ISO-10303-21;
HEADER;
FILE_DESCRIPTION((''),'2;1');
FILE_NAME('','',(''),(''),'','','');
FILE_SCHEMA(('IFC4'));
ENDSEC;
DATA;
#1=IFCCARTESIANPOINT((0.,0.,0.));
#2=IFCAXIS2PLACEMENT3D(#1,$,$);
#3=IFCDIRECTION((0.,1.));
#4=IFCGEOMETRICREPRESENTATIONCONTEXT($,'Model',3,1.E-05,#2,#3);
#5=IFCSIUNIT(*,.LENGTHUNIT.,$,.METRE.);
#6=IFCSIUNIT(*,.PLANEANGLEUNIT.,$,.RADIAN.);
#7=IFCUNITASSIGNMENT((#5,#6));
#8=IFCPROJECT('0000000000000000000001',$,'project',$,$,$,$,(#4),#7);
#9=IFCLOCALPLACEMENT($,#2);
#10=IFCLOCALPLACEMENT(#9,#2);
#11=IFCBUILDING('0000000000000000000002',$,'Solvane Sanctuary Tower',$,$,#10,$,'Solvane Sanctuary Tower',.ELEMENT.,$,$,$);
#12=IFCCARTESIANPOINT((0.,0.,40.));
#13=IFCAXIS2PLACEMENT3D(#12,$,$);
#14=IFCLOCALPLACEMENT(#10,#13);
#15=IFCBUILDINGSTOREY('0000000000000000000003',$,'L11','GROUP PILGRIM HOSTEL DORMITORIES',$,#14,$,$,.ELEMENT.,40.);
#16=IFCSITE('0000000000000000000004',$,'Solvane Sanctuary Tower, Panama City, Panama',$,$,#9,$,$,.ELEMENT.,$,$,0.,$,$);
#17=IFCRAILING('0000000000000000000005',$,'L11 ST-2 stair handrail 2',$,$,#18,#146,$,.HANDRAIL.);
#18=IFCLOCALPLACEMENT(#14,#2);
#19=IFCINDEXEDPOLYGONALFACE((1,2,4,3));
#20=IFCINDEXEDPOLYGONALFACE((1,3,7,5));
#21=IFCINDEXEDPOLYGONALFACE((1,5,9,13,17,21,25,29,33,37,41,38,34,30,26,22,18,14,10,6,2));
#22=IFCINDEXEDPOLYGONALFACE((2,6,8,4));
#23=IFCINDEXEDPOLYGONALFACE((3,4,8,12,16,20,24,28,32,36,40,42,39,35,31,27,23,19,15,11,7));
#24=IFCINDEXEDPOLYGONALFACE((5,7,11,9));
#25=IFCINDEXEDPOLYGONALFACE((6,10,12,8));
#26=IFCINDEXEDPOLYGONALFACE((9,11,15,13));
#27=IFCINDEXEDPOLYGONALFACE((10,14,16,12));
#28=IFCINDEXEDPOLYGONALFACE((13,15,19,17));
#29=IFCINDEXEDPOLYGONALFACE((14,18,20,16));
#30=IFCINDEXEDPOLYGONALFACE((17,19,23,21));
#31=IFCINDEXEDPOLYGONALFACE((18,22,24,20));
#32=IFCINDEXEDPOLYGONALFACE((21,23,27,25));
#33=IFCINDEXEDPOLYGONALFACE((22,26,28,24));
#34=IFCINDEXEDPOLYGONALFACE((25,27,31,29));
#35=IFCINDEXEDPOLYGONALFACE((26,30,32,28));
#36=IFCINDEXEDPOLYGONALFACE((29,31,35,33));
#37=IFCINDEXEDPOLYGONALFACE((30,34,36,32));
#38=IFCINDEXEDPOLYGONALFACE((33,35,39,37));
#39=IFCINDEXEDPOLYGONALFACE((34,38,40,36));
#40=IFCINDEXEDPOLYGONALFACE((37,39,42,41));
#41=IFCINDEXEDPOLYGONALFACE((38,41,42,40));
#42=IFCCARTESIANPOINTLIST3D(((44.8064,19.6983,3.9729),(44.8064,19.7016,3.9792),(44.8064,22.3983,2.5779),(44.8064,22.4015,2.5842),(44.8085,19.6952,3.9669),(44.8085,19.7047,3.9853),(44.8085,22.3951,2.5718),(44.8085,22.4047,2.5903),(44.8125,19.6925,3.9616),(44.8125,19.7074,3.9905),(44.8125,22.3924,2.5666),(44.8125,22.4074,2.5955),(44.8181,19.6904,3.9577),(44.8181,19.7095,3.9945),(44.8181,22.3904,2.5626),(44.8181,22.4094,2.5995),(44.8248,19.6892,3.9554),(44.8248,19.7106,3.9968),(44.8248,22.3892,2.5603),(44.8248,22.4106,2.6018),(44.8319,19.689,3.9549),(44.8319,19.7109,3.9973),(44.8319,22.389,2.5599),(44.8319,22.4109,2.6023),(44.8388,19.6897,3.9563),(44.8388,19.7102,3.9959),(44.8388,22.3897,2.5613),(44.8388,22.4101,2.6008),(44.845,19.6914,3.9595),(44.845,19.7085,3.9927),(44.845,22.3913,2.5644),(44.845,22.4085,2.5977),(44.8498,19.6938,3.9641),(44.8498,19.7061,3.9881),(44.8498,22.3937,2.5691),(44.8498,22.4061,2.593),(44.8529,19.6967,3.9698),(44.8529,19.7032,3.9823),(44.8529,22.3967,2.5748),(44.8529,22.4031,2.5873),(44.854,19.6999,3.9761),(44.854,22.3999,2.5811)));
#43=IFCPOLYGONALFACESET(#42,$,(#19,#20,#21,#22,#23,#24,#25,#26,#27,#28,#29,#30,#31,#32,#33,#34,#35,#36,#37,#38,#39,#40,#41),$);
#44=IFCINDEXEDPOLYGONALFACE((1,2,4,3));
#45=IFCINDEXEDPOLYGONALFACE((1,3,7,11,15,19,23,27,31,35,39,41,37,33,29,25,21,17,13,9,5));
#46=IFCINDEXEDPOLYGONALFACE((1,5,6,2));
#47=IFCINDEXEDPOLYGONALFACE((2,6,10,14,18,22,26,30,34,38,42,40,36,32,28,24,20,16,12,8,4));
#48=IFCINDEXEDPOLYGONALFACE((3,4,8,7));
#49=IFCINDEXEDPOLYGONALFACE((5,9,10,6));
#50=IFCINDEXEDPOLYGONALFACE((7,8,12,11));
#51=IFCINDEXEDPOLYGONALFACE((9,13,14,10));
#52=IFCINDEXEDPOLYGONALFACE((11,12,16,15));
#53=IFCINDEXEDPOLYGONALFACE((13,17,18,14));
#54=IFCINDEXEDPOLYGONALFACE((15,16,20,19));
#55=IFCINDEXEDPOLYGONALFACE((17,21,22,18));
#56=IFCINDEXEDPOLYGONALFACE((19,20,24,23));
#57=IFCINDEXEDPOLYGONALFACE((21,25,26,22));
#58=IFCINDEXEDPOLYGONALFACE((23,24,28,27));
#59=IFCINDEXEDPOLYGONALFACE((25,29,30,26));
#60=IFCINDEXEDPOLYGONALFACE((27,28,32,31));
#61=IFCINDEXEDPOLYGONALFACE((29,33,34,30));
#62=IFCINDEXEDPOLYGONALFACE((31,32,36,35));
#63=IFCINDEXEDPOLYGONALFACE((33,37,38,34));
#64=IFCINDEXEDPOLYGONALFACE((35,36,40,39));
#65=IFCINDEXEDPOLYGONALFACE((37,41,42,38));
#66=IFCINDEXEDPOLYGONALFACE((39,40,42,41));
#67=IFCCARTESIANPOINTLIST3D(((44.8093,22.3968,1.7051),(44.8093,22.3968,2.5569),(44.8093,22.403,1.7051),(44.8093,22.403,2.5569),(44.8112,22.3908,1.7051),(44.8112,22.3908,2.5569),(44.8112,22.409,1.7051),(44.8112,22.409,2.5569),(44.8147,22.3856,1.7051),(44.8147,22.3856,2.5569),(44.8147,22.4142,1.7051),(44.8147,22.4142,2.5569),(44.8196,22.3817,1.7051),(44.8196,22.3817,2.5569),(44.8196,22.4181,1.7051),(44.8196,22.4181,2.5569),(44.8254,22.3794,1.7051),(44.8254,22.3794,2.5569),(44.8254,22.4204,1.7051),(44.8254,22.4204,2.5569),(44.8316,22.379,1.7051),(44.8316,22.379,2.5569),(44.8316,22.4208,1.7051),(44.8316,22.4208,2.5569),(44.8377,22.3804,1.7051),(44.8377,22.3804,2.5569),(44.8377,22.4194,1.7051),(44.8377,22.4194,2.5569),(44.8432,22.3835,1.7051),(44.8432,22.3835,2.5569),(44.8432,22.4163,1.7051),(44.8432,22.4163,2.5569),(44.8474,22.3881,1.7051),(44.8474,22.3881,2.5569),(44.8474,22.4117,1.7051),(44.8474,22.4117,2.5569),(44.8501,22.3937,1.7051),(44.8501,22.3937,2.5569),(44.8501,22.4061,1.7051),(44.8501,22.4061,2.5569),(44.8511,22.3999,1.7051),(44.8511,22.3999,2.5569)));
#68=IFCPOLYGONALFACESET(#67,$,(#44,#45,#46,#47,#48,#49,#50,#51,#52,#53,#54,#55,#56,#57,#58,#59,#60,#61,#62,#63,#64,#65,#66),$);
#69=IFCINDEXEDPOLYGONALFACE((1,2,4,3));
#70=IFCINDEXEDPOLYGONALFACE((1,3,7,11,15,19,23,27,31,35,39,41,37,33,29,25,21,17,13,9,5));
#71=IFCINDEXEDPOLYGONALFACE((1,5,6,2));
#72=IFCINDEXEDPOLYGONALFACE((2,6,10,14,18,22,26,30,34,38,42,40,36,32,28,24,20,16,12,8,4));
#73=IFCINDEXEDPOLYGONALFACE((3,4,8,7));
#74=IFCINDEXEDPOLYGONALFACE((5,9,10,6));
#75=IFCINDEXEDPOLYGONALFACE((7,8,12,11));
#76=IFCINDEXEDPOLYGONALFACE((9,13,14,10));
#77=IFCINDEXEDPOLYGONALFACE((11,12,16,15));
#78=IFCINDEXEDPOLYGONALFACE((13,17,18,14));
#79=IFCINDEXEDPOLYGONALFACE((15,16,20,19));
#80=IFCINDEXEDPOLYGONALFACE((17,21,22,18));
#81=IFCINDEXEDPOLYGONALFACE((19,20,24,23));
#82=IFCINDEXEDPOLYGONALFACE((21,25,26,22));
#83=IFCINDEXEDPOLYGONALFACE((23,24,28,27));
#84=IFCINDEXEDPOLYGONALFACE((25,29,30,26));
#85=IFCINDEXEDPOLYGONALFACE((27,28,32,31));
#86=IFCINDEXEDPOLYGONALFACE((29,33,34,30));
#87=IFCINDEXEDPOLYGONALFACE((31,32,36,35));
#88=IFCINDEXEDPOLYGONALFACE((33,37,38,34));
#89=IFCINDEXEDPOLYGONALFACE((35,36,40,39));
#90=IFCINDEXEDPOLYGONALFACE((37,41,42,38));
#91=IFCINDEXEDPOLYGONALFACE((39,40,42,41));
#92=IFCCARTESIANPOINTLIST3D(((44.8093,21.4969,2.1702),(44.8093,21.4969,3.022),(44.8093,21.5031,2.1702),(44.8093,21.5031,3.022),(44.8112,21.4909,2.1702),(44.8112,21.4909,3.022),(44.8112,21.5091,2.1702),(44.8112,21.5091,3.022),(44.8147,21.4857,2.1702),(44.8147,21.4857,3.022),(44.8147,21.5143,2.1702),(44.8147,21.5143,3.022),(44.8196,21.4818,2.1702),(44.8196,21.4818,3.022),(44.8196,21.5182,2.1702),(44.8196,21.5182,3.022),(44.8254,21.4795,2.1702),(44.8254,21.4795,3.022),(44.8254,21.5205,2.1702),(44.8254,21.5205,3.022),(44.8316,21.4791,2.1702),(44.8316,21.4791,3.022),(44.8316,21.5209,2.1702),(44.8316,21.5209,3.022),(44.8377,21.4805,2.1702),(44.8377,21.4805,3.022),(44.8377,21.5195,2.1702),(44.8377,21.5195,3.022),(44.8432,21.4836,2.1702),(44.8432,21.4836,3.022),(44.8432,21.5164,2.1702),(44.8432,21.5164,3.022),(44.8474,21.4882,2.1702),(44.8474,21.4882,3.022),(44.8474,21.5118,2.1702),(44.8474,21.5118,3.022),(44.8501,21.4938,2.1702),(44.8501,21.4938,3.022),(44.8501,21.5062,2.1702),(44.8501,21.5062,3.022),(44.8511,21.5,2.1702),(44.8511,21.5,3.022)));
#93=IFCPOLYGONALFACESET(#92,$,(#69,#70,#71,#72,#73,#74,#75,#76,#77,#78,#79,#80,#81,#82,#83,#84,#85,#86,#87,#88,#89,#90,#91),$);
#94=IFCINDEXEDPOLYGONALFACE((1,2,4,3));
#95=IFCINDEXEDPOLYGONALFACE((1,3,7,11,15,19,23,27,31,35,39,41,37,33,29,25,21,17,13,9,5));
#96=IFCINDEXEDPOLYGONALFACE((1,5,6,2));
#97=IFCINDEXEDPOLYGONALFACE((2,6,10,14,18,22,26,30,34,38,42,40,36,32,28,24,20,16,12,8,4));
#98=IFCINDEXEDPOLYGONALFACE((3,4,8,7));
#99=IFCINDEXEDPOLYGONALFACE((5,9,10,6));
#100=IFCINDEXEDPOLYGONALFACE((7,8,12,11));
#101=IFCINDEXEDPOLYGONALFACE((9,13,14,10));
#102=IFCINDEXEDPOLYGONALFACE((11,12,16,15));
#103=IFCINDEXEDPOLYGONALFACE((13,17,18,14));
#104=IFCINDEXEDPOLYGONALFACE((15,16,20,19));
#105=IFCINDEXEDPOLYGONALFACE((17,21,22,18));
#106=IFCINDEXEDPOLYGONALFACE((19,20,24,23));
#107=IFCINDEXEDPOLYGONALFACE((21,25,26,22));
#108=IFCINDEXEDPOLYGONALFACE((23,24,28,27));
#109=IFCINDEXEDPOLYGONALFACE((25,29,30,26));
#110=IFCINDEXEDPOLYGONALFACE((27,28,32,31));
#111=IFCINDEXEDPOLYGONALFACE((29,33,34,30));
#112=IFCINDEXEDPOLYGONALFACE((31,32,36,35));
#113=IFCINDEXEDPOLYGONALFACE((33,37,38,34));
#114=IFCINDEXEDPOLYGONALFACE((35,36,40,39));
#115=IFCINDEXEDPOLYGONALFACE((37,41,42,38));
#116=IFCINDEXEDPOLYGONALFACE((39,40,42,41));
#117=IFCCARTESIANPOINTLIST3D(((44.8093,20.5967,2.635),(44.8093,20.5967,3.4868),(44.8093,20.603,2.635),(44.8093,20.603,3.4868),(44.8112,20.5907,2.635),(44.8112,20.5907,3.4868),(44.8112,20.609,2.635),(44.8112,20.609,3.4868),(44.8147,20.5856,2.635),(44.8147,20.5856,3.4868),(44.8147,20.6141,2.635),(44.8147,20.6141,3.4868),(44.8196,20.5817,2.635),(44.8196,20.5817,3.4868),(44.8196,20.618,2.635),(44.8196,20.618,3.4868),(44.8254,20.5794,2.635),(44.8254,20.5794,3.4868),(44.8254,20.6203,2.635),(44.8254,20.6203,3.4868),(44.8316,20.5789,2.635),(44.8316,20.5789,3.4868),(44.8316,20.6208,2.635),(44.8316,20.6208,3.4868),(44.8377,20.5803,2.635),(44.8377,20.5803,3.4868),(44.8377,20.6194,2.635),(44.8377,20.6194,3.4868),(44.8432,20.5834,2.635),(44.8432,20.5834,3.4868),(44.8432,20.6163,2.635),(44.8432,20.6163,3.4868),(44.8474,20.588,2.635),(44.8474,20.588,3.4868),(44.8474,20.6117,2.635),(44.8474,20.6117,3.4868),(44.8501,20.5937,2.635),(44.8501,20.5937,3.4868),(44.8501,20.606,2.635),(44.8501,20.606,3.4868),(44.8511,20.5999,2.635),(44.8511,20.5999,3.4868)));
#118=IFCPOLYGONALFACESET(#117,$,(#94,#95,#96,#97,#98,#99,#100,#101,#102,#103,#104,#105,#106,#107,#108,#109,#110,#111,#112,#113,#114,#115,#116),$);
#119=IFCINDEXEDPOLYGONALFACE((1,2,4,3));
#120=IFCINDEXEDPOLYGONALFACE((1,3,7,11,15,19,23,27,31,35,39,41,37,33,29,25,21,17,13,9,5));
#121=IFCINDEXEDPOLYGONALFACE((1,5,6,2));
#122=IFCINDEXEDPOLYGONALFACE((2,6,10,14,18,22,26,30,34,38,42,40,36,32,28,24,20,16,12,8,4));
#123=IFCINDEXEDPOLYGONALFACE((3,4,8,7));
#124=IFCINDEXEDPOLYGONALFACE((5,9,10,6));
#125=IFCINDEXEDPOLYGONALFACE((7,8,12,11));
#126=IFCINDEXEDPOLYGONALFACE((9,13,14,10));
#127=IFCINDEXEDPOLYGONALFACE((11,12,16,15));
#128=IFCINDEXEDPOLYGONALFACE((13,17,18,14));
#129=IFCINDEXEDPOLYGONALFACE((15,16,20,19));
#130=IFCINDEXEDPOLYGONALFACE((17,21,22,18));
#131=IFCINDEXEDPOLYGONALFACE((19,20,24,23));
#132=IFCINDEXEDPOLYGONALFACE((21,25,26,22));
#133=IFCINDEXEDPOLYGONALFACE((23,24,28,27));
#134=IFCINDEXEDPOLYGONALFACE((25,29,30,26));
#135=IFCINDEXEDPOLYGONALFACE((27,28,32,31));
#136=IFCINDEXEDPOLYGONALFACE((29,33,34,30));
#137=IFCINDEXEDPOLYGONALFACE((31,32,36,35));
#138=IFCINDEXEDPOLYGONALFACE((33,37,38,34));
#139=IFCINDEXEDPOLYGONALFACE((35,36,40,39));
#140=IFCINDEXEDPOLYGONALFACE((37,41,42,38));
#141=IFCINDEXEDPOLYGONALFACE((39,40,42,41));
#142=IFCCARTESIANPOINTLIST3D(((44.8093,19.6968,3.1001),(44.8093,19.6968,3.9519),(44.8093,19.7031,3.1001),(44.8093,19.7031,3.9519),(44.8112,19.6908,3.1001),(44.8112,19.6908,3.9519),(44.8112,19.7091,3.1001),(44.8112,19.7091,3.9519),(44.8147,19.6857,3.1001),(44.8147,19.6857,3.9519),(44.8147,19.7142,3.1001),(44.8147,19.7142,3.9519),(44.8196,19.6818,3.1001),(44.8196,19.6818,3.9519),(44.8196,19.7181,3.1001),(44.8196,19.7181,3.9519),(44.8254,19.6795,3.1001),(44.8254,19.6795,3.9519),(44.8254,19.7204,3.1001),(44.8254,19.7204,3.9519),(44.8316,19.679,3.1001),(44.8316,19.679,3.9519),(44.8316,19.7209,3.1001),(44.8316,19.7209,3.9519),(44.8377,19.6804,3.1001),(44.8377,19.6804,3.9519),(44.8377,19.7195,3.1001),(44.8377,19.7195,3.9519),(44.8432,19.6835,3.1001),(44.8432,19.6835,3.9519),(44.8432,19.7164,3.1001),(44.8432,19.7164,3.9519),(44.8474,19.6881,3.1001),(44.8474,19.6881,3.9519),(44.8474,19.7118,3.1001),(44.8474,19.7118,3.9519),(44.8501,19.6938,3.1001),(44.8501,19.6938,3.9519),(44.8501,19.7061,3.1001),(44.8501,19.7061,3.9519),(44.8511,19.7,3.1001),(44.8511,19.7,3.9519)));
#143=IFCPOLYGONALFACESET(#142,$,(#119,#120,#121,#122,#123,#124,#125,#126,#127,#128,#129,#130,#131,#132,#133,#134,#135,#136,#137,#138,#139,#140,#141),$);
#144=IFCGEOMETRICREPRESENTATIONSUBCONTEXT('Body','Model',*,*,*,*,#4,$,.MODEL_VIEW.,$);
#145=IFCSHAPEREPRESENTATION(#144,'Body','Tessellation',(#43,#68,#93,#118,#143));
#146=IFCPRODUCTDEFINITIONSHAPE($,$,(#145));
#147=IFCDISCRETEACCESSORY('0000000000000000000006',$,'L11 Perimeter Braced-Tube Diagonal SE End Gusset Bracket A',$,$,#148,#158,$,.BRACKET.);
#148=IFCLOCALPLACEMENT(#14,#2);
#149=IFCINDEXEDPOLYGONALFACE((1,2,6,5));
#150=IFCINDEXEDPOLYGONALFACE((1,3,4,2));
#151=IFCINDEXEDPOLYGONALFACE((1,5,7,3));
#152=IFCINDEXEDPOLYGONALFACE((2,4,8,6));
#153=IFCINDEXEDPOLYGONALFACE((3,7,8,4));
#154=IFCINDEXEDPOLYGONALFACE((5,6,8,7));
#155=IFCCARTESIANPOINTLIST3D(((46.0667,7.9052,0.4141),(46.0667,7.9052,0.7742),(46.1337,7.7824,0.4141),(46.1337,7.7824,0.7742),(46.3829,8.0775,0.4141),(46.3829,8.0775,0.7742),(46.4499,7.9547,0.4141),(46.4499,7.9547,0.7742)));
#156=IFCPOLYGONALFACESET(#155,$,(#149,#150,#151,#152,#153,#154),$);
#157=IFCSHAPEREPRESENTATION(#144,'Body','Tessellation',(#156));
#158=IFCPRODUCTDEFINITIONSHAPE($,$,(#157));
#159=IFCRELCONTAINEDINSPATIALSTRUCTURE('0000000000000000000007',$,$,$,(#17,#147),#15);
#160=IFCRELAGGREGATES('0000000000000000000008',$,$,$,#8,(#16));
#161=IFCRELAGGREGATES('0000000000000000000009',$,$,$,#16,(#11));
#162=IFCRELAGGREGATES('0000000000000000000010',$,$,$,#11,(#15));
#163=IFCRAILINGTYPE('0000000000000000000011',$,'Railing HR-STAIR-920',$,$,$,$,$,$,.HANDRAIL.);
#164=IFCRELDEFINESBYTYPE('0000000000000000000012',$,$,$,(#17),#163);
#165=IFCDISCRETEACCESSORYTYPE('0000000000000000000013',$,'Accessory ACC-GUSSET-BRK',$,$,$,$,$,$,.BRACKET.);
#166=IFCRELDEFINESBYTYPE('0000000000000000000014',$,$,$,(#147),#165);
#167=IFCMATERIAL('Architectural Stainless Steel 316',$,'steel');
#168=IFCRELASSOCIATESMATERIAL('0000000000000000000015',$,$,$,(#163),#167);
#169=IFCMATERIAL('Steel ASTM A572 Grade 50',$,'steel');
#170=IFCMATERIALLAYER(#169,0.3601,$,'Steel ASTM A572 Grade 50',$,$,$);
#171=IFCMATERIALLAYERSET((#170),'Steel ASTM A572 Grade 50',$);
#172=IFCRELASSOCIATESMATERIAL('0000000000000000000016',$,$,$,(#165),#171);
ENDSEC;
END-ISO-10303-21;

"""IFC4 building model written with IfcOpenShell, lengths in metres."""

from ifc_helpers import new_model, si_unit, direction, frame, origin, origin_2d, place, context, subcontext, project, spatial, rectangle, circle, extrude, material, layer, layer_set, type_object, element, save


model = new_model("IFC4")

# Units and contexts
model_context = context("Model", 3, precision=1e-05, world=origin(), true_north=direction((0.0, 1.0)))
body_context = subcontext(model_context, "Body", "Model", "MODEL_VIEW")
ifc_project = project(units=[si_unit("LENGTHUNIT", "METRE"), si_unit("PLANEANGLEUNIT", "RADIAN")], contexts=[model_context])

# Site, building, storey
site_placement = place(None, origin())
site = spatial("IfcSite", under=ifc_project, at=site_placement, Name="Solvane Sanctuary Tower, Panama City, Panama", CompositionType="ELEMENT", RefElevation=0.0)
building_placement = place(site_placement, origin())
building = spatial("IfcBuilding", under=site, at=building_placement, Name="Solvane Sanctuary Tower", LongName="Solvane Sanctuary Tower", CompositionType="ELEMENT")
storey_placement = place(building_placement, frame((0.0, 0.0, 40.0)))
storey = spatial("IfcBuildingStorey", under=building, at=storey_placement, Name="L11", Description="GROUP PILGRIM HOSTEL DORMITORIES", CompositionType="ELEMENT", Elevation=40.0)

# Shared definitions
ifc_material_1 = material(Name="Architectural Stainless Steel 316", Category="steel")

# Railing
railing_type_1 = type_object("IfcRailingType", Name="Railing HR-STAIR-920", PredefinedType="HANDRAIL", material=ifc_material_1)
railing_1_placement = place(storey_placement, frame((44.8301, 22.3999, 1.7051)))
element("IfcRailing", 1, at=railing_1_placement, inside=storey, type_object=railing_type_1, Name="L11 ST-2 stair handrail 2", PredefinedType="HANDRAIL", context=body_context, shape_type="SweptSolid", body=[
    extrude(circle(Radius=0.0239, at=origin_2d()), frame((0.0, 0.0, 0.876), z_axis=(0.0, -0.88842, 0.459032), x_axis=(1.0, 0.0, 0.0)), (0.0, 0.0, 1.0), 3.0391),
    extrude(circle(Radius=0.021, at=origin_2d()), origin(), (0.0, 0.0, 1.0), 0.8518),
    extrude(circle(Radius=0.021, at=origin_2d()), frame((0.0, -0.8999, 0.4651)), (0.0, 0.0, 1.0), 0.8518),
    extrude(circle(Radius=0.021, at=origin_2d()), frame((0.0, -1.8, 0.9299)), (0.0, 0.0, 1.0), 0.8518),
    extrude(circle(Radius=0.021, at=origin_2d()), frame((0.0, -2.7, 1.395)), (0.0, 0.0, 1.0), 0.8518),
])

# Discrete accessory
ifc_material_2 = material(Name="Steel ASTM A572 Grade 50", Category="steel")
ifc_layer_1 = layer(ifc_material_2, 0.3601, Name="Steel ASTM A572 Grade 50")
ifc_layer_set_1 = layer_set([ifc_layer_1], Name="Steel ASTM A572 Grade 50")
discrete_accessory_type = type_object("IfcDiscreteAccessoryType", Name="Accessory ACC-GUSSET-BRK", PredefinedType="BRACKET", material=ifc_layer_set_1)
discrete_accessory_placement = place(storey_placement, frame((46.2583, 7.9299, 0.4141), z_axis=(0.0, 0.0, 1.0), x_axis=(0.878067, 0.478539, 0.0)))
element("IfcDiscreteAccessory", 2, at=discrete_accessory_placement, inside=storey, type_object=discrete_accessory_type, Name="L11 Perimeter Braced-Tube Diagonal SE End Gusset Bracket A", PredefinedType="BRACKET", context=body_context, shape_type="SweptSolid", body=[
    extrude(rectangle(XDim=0.3601, YDim=0.1399, at=origin_2d()), origin(), (0.0, 0.0, 1.0), 0.3601),
])

save(model, "model.ifc")
